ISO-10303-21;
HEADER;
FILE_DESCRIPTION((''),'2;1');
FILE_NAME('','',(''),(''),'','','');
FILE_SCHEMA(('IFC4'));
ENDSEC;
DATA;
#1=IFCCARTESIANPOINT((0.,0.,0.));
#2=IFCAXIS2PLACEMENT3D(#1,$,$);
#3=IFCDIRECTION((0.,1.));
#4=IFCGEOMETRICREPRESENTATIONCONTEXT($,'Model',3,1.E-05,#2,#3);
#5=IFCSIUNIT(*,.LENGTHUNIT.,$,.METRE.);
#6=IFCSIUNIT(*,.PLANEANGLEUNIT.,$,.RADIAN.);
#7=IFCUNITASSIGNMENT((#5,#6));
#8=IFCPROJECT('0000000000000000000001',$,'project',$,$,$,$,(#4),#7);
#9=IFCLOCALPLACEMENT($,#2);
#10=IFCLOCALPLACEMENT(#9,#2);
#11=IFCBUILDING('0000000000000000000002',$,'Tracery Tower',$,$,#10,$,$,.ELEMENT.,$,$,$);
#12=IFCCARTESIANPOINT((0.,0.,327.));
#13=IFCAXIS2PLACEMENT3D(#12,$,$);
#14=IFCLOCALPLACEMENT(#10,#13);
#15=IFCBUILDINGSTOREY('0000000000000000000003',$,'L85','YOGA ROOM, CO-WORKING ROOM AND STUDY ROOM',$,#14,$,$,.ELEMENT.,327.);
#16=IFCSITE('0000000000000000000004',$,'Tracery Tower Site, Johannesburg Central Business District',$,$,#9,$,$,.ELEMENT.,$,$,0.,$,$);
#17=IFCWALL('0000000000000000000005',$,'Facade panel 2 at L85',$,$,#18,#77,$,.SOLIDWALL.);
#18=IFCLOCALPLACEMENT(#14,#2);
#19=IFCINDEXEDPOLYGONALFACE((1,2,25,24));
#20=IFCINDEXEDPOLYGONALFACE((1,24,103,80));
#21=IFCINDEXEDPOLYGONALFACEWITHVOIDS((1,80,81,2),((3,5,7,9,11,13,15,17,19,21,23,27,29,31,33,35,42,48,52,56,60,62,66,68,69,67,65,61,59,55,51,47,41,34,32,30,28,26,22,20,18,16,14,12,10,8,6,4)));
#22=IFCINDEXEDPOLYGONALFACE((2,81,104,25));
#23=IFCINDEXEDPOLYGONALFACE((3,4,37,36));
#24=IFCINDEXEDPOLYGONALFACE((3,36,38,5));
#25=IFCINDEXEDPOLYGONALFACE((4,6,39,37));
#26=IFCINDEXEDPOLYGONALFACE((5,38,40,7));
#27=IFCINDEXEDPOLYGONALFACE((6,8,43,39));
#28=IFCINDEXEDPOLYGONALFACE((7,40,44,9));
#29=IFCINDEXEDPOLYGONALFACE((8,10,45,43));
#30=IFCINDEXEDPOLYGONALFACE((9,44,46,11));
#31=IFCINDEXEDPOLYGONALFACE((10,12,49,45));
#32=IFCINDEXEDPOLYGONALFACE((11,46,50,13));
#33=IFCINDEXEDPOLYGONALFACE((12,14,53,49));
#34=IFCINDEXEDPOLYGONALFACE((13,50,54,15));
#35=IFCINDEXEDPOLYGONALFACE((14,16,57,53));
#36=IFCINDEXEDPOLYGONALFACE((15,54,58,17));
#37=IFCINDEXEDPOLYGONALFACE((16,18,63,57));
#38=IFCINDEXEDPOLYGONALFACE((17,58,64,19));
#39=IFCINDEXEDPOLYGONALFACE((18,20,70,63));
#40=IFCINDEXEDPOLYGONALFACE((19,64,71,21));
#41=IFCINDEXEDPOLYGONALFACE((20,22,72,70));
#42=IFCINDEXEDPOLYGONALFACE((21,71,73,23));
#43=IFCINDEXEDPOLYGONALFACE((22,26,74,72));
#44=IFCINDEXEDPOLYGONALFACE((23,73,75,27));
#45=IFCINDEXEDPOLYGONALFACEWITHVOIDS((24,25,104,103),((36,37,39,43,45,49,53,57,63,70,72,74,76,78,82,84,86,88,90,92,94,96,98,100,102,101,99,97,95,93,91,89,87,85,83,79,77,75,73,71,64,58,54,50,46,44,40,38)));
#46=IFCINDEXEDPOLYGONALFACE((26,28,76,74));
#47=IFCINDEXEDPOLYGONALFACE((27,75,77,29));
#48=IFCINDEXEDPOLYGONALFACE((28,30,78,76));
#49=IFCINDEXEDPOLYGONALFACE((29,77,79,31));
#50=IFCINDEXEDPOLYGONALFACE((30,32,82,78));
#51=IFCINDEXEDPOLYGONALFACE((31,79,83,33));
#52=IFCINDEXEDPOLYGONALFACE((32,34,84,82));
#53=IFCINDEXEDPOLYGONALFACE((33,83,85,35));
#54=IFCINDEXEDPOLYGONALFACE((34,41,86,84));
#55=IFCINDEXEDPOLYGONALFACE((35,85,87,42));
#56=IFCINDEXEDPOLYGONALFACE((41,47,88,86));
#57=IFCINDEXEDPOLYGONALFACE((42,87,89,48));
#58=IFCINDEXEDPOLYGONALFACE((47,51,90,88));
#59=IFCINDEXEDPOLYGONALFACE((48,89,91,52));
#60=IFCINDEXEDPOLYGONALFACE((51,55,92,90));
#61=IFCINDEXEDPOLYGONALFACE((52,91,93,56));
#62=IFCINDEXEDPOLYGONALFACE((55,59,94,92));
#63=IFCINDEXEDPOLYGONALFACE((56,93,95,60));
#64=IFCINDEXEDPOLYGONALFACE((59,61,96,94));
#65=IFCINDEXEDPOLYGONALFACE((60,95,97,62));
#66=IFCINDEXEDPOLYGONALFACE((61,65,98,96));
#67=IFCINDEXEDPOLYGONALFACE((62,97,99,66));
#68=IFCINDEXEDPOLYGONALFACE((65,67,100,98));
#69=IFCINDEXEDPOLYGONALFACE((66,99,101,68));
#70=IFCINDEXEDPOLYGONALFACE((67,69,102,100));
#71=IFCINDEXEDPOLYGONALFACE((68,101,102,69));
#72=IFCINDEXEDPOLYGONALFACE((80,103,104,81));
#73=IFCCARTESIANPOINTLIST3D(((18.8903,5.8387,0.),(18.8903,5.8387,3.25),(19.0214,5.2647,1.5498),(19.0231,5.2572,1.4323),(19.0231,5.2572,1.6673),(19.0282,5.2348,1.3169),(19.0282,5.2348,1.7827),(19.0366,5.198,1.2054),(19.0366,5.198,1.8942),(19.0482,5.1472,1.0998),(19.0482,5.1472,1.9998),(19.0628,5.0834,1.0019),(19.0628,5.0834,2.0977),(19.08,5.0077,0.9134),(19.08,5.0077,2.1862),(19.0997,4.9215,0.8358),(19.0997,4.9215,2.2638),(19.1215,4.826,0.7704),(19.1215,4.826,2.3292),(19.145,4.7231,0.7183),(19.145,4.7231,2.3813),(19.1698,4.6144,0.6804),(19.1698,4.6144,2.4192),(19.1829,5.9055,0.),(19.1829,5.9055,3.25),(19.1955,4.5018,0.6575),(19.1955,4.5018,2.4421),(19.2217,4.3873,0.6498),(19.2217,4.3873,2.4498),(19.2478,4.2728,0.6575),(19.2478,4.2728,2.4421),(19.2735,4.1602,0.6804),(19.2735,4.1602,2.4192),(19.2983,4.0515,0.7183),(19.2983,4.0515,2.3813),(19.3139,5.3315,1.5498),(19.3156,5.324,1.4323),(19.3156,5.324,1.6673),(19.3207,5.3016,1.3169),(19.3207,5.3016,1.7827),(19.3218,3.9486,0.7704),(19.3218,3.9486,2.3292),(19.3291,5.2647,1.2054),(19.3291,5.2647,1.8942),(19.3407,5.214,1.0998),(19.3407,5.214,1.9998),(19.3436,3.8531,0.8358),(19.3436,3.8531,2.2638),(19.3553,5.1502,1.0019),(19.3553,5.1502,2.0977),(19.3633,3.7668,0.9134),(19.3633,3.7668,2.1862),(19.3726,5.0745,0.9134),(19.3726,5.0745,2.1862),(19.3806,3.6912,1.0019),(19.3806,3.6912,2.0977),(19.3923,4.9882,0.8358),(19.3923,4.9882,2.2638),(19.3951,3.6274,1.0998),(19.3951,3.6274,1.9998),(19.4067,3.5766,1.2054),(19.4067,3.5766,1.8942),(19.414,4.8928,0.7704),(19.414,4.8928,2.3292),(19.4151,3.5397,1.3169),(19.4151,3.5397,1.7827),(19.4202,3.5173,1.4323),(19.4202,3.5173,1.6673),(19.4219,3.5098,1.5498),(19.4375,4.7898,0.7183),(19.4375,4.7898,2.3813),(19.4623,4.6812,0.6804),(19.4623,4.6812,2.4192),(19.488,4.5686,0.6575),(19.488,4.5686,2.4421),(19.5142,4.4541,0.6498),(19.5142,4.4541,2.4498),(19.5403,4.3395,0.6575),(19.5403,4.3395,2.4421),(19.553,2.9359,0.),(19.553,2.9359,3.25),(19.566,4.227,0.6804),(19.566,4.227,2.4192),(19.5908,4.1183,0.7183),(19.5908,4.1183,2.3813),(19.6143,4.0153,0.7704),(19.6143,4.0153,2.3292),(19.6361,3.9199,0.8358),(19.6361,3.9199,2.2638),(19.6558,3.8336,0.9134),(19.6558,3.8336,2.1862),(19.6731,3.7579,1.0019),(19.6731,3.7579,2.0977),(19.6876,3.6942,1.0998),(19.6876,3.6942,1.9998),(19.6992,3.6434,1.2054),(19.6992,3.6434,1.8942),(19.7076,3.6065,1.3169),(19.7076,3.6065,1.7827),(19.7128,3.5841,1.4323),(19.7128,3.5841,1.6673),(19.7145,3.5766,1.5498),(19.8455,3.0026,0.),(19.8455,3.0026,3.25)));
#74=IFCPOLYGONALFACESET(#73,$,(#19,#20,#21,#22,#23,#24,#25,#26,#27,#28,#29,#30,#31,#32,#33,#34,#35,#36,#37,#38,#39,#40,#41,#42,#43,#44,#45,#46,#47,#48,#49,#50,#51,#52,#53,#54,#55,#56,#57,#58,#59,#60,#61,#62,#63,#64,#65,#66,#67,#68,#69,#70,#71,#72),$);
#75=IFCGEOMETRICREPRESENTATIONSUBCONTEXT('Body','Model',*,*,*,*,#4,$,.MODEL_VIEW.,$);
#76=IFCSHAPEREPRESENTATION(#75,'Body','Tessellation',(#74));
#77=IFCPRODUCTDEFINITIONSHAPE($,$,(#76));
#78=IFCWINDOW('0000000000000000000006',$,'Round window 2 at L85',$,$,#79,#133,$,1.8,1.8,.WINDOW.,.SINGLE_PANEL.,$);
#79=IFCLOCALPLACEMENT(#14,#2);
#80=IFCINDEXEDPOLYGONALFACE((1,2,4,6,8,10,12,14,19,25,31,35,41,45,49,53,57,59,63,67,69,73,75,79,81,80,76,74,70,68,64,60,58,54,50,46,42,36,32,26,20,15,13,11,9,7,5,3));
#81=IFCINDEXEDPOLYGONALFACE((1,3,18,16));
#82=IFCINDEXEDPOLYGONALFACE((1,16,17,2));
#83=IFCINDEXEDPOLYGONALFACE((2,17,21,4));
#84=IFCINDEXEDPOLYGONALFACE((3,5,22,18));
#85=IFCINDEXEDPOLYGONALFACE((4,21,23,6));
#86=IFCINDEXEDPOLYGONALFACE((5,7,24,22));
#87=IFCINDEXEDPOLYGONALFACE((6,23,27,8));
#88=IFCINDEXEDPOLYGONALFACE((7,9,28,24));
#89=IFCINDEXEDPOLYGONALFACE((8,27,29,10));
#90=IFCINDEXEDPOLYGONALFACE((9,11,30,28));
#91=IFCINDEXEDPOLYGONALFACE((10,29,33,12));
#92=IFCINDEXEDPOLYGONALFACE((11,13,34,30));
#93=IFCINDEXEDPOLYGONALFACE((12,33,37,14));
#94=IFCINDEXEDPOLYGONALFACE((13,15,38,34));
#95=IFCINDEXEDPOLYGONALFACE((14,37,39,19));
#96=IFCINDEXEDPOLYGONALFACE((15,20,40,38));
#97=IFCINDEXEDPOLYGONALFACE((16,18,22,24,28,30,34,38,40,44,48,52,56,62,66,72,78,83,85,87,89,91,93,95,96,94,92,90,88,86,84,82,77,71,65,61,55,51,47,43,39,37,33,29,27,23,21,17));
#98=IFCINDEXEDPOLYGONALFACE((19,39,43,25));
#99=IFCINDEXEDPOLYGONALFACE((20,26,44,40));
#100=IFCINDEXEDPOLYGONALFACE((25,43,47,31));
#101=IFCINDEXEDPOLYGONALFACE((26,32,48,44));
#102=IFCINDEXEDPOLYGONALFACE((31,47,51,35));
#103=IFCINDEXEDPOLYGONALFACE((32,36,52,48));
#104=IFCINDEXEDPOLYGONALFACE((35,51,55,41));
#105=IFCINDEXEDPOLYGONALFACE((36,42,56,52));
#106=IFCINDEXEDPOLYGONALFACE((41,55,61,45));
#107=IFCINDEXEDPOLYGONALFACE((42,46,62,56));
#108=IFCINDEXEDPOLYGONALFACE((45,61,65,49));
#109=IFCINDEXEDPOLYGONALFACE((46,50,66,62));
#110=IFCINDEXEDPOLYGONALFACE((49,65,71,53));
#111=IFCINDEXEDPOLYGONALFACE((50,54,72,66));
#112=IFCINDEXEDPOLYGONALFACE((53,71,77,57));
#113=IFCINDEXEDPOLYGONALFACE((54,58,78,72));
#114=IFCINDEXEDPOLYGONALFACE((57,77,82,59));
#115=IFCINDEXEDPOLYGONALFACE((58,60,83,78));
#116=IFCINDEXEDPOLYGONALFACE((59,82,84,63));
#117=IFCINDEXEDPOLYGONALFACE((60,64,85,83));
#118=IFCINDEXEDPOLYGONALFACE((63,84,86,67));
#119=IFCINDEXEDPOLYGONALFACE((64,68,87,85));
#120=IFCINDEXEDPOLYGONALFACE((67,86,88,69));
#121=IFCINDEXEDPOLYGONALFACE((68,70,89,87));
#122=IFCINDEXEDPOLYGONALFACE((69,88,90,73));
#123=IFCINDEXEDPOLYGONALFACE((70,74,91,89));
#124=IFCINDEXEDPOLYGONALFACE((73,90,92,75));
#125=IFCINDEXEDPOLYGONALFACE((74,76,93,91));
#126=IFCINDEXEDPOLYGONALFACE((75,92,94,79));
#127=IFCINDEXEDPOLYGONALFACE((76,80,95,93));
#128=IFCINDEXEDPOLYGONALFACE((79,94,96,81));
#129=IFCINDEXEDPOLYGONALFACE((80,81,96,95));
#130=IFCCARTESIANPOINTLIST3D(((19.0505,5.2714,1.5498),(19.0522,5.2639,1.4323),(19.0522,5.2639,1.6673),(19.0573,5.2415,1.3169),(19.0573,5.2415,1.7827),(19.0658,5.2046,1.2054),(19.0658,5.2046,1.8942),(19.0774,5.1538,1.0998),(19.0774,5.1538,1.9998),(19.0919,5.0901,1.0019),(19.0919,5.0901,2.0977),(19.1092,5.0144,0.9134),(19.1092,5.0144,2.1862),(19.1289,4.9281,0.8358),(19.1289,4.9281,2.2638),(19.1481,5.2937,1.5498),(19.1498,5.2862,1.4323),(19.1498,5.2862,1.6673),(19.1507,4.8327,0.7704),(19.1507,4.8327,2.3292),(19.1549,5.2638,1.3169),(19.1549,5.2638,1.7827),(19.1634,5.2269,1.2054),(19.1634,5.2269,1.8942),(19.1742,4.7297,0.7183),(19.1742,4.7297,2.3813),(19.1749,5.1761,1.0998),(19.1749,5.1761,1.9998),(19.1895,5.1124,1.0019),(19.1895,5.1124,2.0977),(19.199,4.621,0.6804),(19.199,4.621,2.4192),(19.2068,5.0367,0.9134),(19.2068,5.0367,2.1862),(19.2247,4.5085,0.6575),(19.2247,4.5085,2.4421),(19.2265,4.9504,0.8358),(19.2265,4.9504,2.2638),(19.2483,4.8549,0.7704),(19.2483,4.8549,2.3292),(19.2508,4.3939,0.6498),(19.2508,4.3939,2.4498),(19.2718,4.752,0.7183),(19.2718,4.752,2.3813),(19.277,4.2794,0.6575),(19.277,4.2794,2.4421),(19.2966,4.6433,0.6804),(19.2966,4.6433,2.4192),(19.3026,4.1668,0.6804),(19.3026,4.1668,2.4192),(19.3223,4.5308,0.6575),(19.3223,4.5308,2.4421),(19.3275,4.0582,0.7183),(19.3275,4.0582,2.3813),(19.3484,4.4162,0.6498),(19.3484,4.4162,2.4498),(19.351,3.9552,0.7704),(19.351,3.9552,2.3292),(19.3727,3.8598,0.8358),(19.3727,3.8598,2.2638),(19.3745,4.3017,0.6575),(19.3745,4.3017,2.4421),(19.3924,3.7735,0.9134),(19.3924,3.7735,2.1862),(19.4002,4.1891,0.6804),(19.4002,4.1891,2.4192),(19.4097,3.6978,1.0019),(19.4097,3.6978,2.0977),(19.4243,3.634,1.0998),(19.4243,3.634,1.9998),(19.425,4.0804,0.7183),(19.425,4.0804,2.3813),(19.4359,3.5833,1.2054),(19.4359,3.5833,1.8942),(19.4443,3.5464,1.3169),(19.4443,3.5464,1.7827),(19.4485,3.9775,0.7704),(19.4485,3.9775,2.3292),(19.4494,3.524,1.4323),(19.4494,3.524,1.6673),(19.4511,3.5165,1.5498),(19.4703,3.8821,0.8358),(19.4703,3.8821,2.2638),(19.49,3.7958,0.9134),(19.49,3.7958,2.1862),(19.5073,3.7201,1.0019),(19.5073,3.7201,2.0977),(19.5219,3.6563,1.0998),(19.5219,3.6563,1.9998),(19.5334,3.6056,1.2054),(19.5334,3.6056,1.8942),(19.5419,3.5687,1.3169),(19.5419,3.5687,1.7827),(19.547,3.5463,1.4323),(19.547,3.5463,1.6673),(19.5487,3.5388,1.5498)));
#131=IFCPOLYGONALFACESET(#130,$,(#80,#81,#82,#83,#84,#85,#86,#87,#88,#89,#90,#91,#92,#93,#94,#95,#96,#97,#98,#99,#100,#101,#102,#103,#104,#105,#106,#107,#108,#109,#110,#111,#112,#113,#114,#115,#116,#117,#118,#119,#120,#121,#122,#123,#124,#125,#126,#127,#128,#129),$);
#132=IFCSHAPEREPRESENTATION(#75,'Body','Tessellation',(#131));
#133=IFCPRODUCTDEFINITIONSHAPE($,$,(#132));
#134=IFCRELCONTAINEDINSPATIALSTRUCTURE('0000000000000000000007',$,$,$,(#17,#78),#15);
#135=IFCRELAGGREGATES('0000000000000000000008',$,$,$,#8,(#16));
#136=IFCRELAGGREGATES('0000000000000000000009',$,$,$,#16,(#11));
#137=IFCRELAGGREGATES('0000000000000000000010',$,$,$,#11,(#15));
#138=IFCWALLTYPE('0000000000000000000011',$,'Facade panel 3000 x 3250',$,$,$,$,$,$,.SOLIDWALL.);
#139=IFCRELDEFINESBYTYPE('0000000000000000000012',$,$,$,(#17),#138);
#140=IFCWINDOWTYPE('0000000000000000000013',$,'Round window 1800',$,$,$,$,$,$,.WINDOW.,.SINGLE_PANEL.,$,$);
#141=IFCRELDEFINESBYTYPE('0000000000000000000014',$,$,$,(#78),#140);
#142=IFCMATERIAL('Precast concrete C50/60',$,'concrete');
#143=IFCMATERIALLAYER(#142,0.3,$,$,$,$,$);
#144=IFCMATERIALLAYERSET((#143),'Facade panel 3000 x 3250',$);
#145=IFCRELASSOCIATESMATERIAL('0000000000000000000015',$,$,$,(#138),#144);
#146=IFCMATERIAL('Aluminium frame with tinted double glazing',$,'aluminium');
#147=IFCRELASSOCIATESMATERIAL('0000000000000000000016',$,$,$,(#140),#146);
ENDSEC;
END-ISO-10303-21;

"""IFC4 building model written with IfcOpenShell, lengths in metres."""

from ifc_helpers import new_model, si_unit, direction, frame, frame_2d, origin, origin_2d, place, context, subcontext, project, spatial, rectangle, circle, extrude, material, layer, layer_set, type_object, element, fill, save


model = new_model("IFC4")

# Units and contexts
model_context = context("Model", 3, precision=1e-05, world=origin(), true_north=direction((0.0, 1.0)))
body_context = subcontext(model_context, "Body", "Model", "MODEL_VIEW")
ifc_project = project(units=[si_unit("LENGTHUNIT", "METRE"), si_unit("PLANEANGLEUNIT", "RADIAN")], contexts=[model_context])

# Site, building, storey
site_placement = place(None, origin())
site = spatial("IfcSite", under=ifc_project, at=site_placement, Name="Tracery Tower Site, Johannesburg Central Business District", CompositionType="ELEMENT", RefElevation=0.0)
building_placement = place(site_placement, origin())
building = spatial("IfcBuilding", under=site, at=building_placement, Name="Tracery Tower", CompositionType="ELEMENT")
storey_placement = place(building_placement, frame((0.0, 0.0, 327.0)))
storey = spatial("IfcBuildingStorey", under=building, at=storey_placement, Name="L85", Description="YOGA ROOM, CO-WORKING ROOM AND STUDY ROOM", CompositionType="ELEMENT", Elevation=327.0)

# Wall, opening, window
ifc_material_1 = material(Name="Precast concrete C50/60", Category="concrete")
ifc_layer_1 = layer(ifc_material_1, 0.3)
ifc_layer_set_1 = layer_set([ifc_layer_1], Name="Facade panel 3000 x 3250")
wall_type_1 = type_object("IfcWallType", Name="Facade panel 3000 x 3250", PredefinedType="SOLIDWALL", material=ifc_layer_set_1)
ifc_material_2 = material(Name="Aluminium frame with tinted double glazing", Category="aluminium")
window_type = type_object("IfcWindowType", Name="Round window 1800", PartitioningType="SINGLE_PANEL", PredefinedType="WINDOW", material=ifc_material_2)
wall_1_placement = place(storey_placement, frame((19.6992, 2.9692, 0.0), z_axis=(0.0, 0.0, 1.0), x_axis=(-0.222535, 0.974925, 0.0)))
wall_1 = element("IfcWall", 1, at=wall_1_placement, inside=storey, type_object=wall_type_1, Name="Facade panel 2 at L85", PredefinedType="SOLIDWALL", context=body_context, shape_type="SweptSolid", body=[
    extrude(rectangle(XDim=2.9775, YDim=0.3, at=frame_2d((1.4888, 0.0))), origin(), (0.0, 0.0, 1.0), 3.25),
])
opening_1_placement = place(wall_1_placement, frame((1.4888, 0.0, 1.5498)))
opening_1 = element("IfcOpeningElement", 2, at=opening_1_placement, cuts=wall_1, PredefinedType="OPENING", context=body_context, shape_type="SweptSolid", body=[
    extrude(circle(Radius=0.9, at=origin_2d()), frame((0.0, 0.1599, 0.0), z_axis=(0.0, -1.0, 0.0), x_axis=(1.0, 0.0, 0.0)), (0.0, 0.0, 1.0), 0.3201),
])
window_1_placement = place(opening_1_placement, origin())
window_1 = element("IfcWindow", 3, at=window_1_placement, inside=storey, type_object=window_type, Name="Round window 2 at L85", OverallHeight=1.8, OverallWidth=1.8, PartitioningType="SINGLE_PANEL", PredefinedType="WINDOW", context=body_context, shape_type="SweptSolid", body=[
    extrude(circle(Radius=0.9, at=origin_2d()), frame((0.0, 0.1201, 0.0), z_axis=(0.0, -1.0, 0.0), x_axis=(1.0, 0.0, 0.0)), (0.0, 0.0, 1.0), 0.1001),
])
fill(opening_1, window_1)

save(model, "model.ifc")
